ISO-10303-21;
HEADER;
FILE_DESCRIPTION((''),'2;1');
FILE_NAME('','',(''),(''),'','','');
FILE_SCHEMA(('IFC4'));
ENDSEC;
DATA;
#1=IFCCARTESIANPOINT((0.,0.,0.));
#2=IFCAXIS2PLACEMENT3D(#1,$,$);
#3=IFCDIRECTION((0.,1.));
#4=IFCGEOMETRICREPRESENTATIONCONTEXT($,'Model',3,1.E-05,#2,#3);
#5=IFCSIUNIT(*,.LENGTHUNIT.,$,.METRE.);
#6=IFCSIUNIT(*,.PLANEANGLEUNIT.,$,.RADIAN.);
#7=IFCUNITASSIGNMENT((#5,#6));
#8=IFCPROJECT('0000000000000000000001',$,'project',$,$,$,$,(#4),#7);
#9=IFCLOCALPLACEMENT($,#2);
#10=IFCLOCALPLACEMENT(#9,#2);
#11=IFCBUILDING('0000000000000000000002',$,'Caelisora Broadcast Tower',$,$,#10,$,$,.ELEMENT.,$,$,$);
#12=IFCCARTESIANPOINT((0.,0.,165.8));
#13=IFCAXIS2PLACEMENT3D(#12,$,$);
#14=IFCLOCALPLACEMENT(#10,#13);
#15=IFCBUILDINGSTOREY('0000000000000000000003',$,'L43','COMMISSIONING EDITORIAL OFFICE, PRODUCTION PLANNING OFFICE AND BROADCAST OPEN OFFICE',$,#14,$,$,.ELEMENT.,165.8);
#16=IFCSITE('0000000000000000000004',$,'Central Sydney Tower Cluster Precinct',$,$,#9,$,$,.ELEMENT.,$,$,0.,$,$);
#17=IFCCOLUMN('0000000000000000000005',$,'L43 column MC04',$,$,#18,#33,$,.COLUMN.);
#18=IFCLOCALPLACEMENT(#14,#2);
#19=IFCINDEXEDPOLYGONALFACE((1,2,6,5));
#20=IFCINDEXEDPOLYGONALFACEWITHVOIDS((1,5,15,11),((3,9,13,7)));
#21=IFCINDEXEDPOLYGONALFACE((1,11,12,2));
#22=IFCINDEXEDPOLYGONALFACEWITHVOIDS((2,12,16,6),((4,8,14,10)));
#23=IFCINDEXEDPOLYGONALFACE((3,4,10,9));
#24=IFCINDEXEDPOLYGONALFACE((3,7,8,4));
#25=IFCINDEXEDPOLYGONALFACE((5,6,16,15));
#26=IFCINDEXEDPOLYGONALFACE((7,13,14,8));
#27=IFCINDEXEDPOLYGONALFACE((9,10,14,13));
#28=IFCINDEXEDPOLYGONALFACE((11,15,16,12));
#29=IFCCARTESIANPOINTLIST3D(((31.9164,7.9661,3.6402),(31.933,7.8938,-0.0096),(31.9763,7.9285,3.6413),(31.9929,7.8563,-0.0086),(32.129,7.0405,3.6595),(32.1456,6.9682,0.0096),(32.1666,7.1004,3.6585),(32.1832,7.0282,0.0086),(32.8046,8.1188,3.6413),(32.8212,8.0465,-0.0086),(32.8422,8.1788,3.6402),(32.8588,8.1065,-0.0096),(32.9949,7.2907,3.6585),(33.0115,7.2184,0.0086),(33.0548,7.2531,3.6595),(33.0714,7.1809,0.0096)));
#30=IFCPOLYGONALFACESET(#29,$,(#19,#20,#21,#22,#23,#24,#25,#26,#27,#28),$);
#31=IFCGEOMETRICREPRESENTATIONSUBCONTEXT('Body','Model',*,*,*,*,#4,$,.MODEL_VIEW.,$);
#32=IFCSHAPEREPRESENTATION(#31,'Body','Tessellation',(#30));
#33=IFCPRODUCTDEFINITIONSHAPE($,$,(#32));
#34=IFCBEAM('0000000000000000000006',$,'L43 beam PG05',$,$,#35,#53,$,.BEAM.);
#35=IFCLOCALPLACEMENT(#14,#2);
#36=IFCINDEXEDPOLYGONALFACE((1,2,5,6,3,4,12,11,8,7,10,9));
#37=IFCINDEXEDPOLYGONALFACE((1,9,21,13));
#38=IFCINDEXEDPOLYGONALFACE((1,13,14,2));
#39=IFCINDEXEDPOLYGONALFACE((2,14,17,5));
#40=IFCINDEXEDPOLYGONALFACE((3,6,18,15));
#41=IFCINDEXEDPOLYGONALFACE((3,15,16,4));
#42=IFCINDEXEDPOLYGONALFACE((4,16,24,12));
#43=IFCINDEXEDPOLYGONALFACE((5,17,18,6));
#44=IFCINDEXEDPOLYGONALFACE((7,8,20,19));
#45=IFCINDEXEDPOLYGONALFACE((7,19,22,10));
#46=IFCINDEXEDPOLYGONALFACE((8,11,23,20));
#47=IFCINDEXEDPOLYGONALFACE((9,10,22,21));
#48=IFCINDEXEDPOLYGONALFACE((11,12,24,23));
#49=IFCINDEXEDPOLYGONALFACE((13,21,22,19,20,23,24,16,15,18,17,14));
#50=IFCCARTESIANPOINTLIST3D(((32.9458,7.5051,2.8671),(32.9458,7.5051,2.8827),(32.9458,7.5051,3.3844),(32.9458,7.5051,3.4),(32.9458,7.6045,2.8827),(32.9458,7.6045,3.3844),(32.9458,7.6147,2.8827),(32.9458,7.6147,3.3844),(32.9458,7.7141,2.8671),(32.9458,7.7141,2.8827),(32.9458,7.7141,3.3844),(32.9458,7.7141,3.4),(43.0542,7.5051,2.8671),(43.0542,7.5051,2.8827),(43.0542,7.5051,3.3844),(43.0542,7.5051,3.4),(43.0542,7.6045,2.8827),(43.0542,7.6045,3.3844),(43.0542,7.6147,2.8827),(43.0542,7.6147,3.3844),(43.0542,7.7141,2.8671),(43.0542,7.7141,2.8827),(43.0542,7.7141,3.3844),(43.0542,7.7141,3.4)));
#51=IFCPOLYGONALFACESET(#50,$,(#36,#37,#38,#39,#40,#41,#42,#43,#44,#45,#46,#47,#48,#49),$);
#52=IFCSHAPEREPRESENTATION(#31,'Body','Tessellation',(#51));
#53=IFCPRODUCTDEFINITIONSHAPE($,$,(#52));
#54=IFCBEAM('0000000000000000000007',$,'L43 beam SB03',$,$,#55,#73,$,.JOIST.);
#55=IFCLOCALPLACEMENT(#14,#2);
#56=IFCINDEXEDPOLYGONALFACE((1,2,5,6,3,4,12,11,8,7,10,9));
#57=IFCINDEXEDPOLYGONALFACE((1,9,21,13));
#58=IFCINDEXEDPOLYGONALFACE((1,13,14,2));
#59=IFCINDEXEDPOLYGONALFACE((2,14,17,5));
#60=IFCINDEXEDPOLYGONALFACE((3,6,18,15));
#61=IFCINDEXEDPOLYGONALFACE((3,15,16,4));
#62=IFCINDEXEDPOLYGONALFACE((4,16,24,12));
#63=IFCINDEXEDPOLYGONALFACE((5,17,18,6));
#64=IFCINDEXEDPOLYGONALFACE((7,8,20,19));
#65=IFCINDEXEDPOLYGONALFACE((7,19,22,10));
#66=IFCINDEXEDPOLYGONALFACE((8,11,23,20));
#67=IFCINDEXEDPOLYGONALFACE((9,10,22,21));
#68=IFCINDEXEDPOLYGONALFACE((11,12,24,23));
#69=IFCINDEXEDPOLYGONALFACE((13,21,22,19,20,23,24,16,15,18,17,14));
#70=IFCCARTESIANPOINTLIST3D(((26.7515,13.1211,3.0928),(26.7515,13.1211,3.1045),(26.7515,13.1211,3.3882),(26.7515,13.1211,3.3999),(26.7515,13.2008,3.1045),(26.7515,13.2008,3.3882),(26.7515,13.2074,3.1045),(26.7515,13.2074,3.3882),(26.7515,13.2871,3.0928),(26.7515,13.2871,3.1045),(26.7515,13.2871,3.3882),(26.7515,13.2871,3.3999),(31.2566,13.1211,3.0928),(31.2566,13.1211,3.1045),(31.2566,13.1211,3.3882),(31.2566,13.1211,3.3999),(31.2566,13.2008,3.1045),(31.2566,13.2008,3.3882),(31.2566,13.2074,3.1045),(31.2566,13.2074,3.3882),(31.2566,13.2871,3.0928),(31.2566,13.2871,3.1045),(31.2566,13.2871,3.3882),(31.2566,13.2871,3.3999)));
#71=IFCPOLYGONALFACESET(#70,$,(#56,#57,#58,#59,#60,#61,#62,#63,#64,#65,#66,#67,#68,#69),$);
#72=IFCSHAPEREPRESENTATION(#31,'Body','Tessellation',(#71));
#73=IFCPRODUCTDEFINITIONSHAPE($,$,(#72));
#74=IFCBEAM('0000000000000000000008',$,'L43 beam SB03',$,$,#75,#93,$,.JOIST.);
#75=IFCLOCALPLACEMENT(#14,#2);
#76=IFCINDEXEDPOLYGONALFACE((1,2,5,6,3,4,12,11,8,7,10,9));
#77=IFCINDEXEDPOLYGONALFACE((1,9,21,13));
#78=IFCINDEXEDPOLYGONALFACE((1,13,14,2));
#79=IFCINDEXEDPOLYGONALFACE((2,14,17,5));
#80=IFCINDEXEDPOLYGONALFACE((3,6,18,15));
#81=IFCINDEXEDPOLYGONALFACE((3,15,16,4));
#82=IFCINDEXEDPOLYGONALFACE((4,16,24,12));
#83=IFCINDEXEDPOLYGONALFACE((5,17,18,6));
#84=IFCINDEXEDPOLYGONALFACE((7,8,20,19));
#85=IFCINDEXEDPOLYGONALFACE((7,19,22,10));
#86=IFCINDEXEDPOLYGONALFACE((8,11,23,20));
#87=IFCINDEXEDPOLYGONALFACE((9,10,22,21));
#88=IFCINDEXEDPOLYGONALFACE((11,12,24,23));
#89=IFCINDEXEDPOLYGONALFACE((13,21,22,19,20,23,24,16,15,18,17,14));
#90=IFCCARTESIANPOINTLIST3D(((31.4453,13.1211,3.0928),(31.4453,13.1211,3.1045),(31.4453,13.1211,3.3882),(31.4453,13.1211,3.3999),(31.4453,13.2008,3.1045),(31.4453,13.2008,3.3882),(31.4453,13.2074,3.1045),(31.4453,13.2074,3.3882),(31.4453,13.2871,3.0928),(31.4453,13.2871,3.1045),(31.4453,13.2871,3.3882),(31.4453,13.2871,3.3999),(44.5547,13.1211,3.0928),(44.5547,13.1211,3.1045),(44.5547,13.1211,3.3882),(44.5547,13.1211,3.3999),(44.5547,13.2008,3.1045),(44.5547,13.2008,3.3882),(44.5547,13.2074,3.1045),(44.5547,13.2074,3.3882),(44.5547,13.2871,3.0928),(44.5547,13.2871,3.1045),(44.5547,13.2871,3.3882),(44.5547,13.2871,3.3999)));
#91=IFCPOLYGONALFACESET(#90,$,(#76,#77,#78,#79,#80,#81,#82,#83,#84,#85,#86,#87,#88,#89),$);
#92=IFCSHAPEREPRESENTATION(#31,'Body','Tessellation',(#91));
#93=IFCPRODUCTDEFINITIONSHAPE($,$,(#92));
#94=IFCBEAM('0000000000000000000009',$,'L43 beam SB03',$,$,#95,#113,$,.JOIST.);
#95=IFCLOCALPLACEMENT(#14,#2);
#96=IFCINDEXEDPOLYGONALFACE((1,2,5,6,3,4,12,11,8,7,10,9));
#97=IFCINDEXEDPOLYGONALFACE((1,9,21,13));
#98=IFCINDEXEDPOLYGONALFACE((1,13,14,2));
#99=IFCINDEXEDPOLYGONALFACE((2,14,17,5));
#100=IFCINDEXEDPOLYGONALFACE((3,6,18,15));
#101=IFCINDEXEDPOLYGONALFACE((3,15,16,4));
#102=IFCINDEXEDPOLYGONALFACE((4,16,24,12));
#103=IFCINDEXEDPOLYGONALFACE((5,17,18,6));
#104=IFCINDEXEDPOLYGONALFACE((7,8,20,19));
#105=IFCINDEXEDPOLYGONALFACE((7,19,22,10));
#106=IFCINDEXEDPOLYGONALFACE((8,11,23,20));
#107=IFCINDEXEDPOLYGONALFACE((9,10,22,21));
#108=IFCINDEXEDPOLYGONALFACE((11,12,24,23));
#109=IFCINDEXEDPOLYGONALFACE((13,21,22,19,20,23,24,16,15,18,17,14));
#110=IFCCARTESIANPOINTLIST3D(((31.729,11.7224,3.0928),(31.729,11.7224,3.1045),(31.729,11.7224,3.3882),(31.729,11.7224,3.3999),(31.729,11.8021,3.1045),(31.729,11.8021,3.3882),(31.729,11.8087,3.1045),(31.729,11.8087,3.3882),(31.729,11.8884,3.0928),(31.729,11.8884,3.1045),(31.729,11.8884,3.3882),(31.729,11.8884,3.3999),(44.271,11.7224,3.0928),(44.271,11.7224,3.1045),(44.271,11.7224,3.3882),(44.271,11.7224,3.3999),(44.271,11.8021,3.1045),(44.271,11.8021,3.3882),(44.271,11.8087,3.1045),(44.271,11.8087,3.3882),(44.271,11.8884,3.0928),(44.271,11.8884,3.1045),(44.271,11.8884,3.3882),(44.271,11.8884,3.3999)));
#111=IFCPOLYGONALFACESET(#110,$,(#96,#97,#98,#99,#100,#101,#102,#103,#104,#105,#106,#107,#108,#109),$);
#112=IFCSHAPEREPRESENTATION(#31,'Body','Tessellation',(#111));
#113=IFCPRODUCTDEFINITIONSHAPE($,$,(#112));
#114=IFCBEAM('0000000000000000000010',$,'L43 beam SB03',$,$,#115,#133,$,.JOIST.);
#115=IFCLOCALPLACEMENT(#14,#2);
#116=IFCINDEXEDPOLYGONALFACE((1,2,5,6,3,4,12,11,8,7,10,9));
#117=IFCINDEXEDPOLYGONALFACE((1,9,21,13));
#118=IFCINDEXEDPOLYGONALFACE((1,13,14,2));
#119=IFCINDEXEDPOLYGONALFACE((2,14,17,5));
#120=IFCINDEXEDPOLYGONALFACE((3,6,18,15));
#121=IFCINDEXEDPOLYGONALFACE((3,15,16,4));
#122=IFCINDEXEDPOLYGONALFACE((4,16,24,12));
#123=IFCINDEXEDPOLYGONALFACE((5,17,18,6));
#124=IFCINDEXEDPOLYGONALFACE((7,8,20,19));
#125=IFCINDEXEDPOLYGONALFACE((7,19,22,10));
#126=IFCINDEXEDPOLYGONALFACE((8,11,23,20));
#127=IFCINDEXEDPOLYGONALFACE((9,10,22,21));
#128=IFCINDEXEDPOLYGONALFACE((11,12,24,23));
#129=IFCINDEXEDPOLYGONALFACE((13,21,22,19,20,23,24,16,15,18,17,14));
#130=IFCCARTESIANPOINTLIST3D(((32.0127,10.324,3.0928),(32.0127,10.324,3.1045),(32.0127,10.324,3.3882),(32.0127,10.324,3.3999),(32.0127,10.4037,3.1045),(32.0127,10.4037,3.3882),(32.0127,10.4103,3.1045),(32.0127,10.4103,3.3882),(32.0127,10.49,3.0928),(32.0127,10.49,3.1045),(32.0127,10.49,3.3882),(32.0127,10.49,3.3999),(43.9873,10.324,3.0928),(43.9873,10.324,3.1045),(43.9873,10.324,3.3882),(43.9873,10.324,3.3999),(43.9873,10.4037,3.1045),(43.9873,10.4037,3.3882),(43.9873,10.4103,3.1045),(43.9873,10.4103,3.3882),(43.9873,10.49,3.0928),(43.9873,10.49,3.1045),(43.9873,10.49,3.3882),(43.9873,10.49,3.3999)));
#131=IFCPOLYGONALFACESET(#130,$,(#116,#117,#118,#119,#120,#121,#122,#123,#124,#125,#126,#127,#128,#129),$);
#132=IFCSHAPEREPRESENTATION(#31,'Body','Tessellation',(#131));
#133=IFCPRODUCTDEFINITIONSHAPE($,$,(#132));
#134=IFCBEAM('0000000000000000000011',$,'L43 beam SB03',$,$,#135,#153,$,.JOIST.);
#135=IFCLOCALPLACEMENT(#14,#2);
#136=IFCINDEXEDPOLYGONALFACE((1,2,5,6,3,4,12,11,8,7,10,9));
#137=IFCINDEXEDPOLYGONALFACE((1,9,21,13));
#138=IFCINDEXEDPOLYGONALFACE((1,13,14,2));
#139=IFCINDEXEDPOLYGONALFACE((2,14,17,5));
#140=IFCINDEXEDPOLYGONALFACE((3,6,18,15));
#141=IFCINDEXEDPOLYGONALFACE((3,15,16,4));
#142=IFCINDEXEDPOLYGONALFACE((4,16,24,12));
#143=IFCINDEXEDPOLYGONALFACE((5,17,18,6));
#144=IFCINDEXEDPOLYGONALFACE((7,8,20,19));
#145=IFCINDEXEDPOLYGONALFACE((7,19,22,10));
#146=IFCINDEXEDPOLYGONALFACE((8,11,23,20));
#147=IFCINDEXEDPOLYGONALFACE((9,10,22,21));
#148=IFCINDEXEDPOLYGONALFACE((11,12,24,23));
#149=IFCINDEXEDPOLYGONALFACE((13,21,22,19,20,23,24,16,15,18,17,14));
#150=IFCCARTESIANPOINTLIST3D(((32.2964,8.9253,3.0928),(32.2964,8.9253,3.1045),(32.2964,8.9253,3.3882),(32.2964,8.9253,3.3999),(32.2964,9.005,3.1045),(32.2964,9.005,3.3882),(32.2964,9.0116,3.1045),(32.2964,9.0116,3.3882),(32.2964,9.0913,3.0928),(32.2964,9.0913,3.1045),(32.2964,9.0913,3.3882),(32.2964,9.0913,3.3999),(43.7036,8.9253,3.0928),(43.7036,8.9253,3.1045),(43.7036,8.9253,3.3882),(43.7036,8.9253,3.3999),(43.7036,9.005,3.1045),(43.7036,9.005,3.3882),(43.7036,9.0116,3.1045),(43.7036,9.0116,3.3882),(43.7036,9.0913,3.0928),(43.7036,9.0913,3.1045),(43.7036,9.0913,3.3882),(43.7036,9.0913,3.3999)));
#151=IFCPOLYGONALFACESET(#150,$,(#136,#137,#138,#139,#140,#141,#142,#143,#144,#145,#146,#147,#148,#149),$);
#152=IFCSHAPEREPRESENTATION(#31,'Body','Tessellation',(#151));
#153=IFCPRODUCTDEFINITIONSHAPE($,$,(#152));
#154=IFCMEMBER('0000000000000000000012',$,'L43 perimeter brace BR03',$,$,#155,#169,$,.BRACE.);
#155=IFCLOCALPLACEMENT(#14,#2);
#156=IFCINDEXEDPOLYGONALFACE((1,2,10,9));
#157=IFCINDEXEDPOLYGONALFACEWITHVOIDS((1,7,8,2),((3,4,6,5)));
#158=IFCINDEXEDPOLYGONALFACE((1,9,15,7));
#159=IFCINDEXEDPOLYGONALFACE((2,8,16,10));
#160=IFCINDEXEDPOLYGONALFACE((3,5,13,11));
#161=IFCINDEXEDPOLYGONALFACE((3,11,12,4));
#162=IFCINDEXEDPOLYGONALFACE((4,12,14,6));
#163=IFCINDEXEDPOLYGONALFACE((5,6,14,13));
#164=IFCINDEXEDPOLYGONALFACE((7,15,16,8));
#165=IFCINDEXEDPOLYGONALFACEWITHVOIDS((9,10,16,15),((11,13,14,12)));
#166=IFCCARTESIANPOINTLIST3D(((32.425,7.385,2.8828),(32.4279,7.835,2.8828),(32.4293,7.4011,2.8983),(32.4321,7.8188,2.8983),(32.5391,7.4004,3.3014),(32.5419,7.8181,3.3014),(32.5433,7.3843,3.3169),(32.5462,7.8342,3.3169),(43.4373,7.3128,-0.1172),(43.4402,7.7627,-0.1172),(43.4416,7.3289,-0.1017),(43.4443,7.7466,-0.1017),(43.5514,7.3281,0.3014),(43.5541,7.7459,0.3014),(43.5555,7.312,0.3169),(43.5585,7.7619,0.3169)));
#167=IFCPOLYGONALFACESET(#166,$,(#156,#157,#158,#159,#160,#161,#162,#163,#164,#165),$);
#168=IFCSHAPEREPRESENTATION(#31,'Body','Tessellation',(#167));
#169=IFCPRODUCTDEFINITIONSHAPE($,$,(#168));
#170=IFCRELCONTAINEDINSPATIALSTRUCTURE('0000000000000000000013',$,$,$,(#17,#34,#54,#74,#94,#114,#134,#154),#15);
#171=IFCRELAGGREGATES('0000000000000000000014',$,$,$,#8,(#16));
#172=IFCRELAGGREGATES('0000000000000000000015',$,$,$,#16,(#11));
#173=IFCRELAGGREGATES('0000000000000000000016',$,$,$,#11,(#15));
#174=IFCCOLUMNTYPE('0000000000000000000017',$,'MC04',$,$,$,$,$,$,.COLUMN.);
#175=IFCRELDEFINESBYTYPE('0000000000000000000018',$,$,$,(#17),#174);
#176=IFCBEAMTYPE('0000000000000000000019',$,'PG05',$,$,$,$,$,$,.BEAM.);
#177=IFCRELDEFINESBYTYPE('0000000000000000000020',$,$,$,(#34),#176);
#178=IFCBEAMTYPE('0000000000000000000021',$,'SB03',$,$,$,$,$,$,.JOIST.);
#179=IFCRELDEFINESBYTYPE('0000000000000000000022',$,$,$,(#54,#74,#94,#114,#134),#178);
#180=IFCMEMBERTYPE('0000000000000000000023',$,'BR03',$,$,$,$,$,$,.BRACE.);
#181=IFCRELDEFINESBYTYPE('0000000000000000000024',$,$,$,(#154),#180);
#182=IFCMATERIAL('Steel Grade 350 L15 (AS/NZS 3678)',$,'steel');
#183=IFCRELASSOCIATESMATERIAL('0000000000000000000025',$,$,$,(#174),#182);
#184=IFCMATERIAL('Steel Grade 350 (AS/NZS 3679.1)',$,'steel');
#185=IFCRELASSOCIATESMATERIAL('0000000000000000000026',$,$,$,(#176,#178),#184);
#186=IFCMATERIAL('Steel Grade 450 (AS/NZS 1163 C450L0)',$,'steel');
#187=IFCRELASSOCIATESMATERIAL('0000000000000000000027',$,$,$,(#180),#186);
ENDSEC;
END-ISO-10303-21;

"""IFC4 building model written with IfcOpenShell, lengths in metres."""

from ifc_helpers import new_model, si_unit, direction, frame, origin, origin_2d, place, context, subcontext, project, spatial, hollow_rectangle, i_section, extrude, source, transform, mapped, material, material_profile, profile_set, type_object, type_shapes, element, save


model = new_model("IFC4")

# Units and contexts
model_context = context("Model", 3, precision=1e-05, world=origin(), true_north=direction((0.0, 1.0)))
body_context = subcontext(model_context, "Body", "Model", "MODEL_VIEW")
ifc_project = project(units=[si_unit("LENGTHUNIT", "METRE"), si_unit("PLANEANGLEUNIT", "RADIAN")], contexts=[model_context])

# Site, building, storey
site_placement = place(None, origin())
site = spatial("IfcSite", under=ifc_project, at=site_placement, Name="Central Sydney Tower Cluster Precinct", CompositionType="ELEMENT", RefElevation=0.0)
building_placement = place(site_placement, origin())
building = spatial("IfcBuilding", under=site, at=building_placement, Name="Caelisora Broadcast Tower", CompositionType="ELEMENT")
storey_placement = place(building_placement, frame((0.0, 0.0, 165.8)))
storey = spatial("IfcBuildingStorey", under=building, at=storey_placement, Name="L43", Description="COMMISSIONING EDITORIAL OFFICE, PRODUCTION PLANNING OFFICE AND BROADCAST OPEN OFFICE", CompositionType="ELEMENT", Elevation=165.8)

# Column
ifc_material_1 = material(Name="Steel Grade 350 L15 (AS/NZS 3678)", Category="steel")
ifc_material_profile_1 = material_profile(ifc_material_1, hollow_rectangle(XDim=0.95, YDim=0.95, WallThickness=0.05, at=origin_2d()), Name="Steel Grade 350 L15 (AS/NZS 3678)")
ifc_profile_set_1 = profile_set([ifc_material_profile_1], Name="Steel Grade 350 L15 (AS/NZS 3678)")
column_type = type_object("IfcColumnType", Name="MC04", PredefinedType="COLUMN", material=ifc_profile_set_1)
shared_shape_1 = source(origin(), body_context, "Body", "SweptSolid", [
    extrude(hollow_rectangle(XDim=0.95, YDim=0.95, WallThickness=0.05, at=origin_2d()), origin(), (0.0, 0.0, 1.0), 3.6506),
])
type_shapes(column_type, [shared_shape_1])
column_placement = place(storey_placement, frame((32.5022, 7.5374, 0.0), z_axis=(-0.004548, 0.019795, 0.999794), x_axis=(-0.974613, -0.223898, 0.0)))
element("IfcColumn", 1, at=column_placement, inside=storey, type_object=column_type, Name="L43 column MC04", PredefinedType="COLUMN", context=body_context, shape_type="MappedRepresentation", body=[
    mapped(shared_shape_1, transform((0.0, 0.0, 0.0), scale=1.0)),
])

# Beams
ifc_material_2 = material(Name="Steel Grade 350 (AS/NZS 3679.1)", Category="steel")
ifc_material_profile_2 = material_profile(ifc_material_2, i_section(OverallWidth=0.209, OverallDepth=0.533, WebThickness=0.0103, FlangeThickness=0.0156, at=origin_2d()), Name="Steel Grade 350 (AS/NZS 3679.1)")
ifc_profile_set_2 = profile_set([ifc_material_profile_2], Name="Steel Grade 350 (AS/NZS 3679.1)")
beam_type_1 = type_object("IfcBeamType", Name="PG05", PredefinedType="BEAM", material=ifc_profile_set_2)
shared_shape_2 = source(origin(), body_context, "Body", "SweptSolid", [
    extrude(i_section(OverallWidth=0.209, OverallDepth=0.533, WebThickness=0.0103, FlangeThickness=0.0156, at=origin_2d()), origin(), (0.0, 0.0, 1.0), 10.1084),
])
type_shapes(beam_type_1, [shared_shape_2])
beam_1_placement = place(storey_placement, frame((32.9458, 7.6096, 3.1335), z_axis=(1.0, 0.0, 0.0), x_axis=(0.0, 1.0, 0.0)))
element("IfcBeam", 2, at=beam_1_placement, inside=storey, type_object=beam_type_1, Name="L43 beam PG05", PredefinedType="BEAM", context=body_context, shape_type="MappedRepresentation", body=[
    mapped(shared_shape_2, transform((0.0, 0.0, 0.0), scale=1.0)),
])
ifc_material_profile_3 = material_profile(ifc_material_2, i_section(OverallWidth=0.166, OverallDepth=0.3071, WebThickness=0.0066, FlangeThickness=0.0117, at=origin_2d()), Name="Steel Grade 350 (AS/NZS 3679.1)")
ifc_profile_set_3 = profile_set([ifc_material_profile_3], Name="Steel Grade 350 (AS/NZS 3679.1)")
beam_type_2 = type_object("IfcBeamType", Name="SB03", PredefinedType="JOIST", material=ifc_profile_set_3)
shared_shape_3 = source(origin(), body_context, "Body", "SweptSolid", [
    extrude(i_section(OverallWidth=0.166, OverallDepth=0.3071, WebThickness=0.0066, FlangeThickness=0.0117, at=origin_2d()), origin(), (0.0, 0.0, 1.0), 4.5051),
])
beam_2_placement = place(storey_placement, frame((26.7515, 13.2041, 3.2463), z_axis=(1.0, 0.0, 0.0), x_axis=(0.0, 1.0, 0.0)))
element("IfcBeam", 3, at=beam_2_placement, inside=storey, type_object=beam_type_2, Name="L43 beam SB03", PredefinedType="JOIST", context=body_context, shape_type="MappedRepresentation", body=[
    mapped(shared_shape_3, transform((0.0, 0.0, 0.0), scale=1.0)),
])
shared_shape_4 = source(origin(), body_context, "Body", "SweptSolid", [
    extrude(i_section(OverallWidth=0.166, OverallDepth=0.3071, WebThickness=0.0066, FlangeThickness=0.0117, at=origin_2d()), origin(), (0.0, 0.0, 1.0), 13.1094),
])
beam_3_placement = place(storey_placement, frame((31.4453, 13.2041, 3.2463), z_axis=(1.0, 0.0, 0.0), x_axis=(0.0, 1.0, 0.0)))
element("IfcBeam", 4, at=beam_3_placement, inside=storey, type_object=beam_type_2, Name="L43 beam SB03", PredefinedType="JOIST", context=body_context, shape_type="MappedRepresentation", body=[
    mapped(shared_shape_4, transform((0.0, 0.0, 0.0), scale=1.0)),
])
shared_shape_5 = source(origin(), body_context, "Body", "SweptSolid", [
    extrude(i_section(OverallWidth=0.166, OverallDepth=0.3071, WebThickness=0.0066, FlangeThickness=0.0117, at=origin_2d()), origin(), (0.0, 0.0, 1.0), 12.542),
])
beam_4_placement = place(storey_placement, frame((31.729, 11.8054, 3.2463), z_axis=(1.0, 0.0, 0.0), x_axis=(0.0, 1.0, 0.0)))
element("IfcBeam", 5, at=beam_4_placement, inside=storey, type_object=beam_type_2, Name="L43 beam SB03", PredefinedType="JOIST", context=body_context, shape_type="MappedRepresentation", body=[
    mapped(shared_shape_5, transform((0.0, 0.0, 0.0), scale=1.0)),
])
shared_shape_6 = source(origin(), body_context, "Body", "SweptSolid", [
    extrude(i_section(OverallWidth=0.166, OverallDepth=0.3071, WebThickness=0.0066, FlangeThickness=0.0117, at=origin_2d()), origin(), (0.0, 0.0, 1.0), 11.9746),
])
beam_5_placement = place(storey_placement, frame((32.0127, 10.407, 3.2463), z_axis=(1.0, 0.0, 0.0), x_axis=(0.0, 1.0, 0.0)))
element("IfcBeam", 6, at=beam_5_placement, inside=storey, type_object=beam_type_2, Name="L43 beam SB03", PredefinedType="JOIST", context=body_context, shape_type="MappedRepresentation", body=[
    mapped(shared_shape_6, transform((0.0, 0.0, 0.0), scale=1.0)),
])
shared_shape_7 = source(origin(), body_context, "Body", "SweptSolid", [
    extrude(i_section(OverallWidth=0.166, OverallDepth=0.3071, WebThickness=0.0066, FlangeThickness=0.0117, at=origin_2d()), origin(), (0.0, 0.0, 1.0), 11.4072),
])
type_shapes(beam_type_2, [shared_shape_3, shared_shape_4, shared_shape_5, shared_shape_6, shared_shape_7])
beam_6_placement = place(storey_placement, frame((32.2964, 9.0083, 3.2463), z_axis=(1.0, 0.0, 0.0), x_axis=(0.0, 1.0, 0.0)))
element("IfcBeam", 7, at=beam_6_placement, inside=storey, type_object=beam_type_2, Name="L43 beam SB03", PredefinedType="JOIST", context=body_context, shape_type="MappedRepresentation", body=[
    mapped(shared_shape_7, transform((0.0, 0.0, 0.0), scale=1.0)),
])

# Member
ifc_material_3 = material(Name="Steel Grade 450 (AS/NZS 1163 C450L0)", Category="steel")
ifc_material_profile_4 = material_profile(ifc_material_3, hollow_rectangle(XDim=0.45, YDim=0.45, WallThickness=0.0161, at=origin_2d()), Name="Steel Grade 450 (AS/NZS 1163 C450L0)")
ifc_profile_set_4 = profile_set([ifc_material_profile_4], Name="Steel Grade 450 (AS/NZS 1163 C450L0)")
member_type_1 = type_object("IfcMemberType", Name="BR03", PredefinedType="BRACE", material=ifc_profile_set_4)
shared_shape_8 = source(origin(), body_context, "Body", "SweptSolid", [
    extrude(hollow_rectangle(XDim=0.45, YDim=0.45, WallThickness=0.0161, at=origin_2d()), origin(), (0.0, 0.0, 1.0), 11.4138),
])
type_shapes(member_type_1, [shared_shape_8])
member_1_placement = place(storey_placement, frame((32.4856, 7.6096, 3.0999), z_axis=(0.964818, -0.006331, -0.262841), x_axis=(0.006562, 0.999978, 0.0)))
element("IfcMember", 8, at=member_1_placement, inside=storey, type_object=member_type_1, Name="L43 perimeter brace BR03", PredefinedType="BRACE", context=body_context, shape_type="MappedRepresentation", body=[
    mapped(shared_shape_8, transform((0.0, 0.0, 0.0), scale=1.0)),
])

save(model, "model.ifc")
